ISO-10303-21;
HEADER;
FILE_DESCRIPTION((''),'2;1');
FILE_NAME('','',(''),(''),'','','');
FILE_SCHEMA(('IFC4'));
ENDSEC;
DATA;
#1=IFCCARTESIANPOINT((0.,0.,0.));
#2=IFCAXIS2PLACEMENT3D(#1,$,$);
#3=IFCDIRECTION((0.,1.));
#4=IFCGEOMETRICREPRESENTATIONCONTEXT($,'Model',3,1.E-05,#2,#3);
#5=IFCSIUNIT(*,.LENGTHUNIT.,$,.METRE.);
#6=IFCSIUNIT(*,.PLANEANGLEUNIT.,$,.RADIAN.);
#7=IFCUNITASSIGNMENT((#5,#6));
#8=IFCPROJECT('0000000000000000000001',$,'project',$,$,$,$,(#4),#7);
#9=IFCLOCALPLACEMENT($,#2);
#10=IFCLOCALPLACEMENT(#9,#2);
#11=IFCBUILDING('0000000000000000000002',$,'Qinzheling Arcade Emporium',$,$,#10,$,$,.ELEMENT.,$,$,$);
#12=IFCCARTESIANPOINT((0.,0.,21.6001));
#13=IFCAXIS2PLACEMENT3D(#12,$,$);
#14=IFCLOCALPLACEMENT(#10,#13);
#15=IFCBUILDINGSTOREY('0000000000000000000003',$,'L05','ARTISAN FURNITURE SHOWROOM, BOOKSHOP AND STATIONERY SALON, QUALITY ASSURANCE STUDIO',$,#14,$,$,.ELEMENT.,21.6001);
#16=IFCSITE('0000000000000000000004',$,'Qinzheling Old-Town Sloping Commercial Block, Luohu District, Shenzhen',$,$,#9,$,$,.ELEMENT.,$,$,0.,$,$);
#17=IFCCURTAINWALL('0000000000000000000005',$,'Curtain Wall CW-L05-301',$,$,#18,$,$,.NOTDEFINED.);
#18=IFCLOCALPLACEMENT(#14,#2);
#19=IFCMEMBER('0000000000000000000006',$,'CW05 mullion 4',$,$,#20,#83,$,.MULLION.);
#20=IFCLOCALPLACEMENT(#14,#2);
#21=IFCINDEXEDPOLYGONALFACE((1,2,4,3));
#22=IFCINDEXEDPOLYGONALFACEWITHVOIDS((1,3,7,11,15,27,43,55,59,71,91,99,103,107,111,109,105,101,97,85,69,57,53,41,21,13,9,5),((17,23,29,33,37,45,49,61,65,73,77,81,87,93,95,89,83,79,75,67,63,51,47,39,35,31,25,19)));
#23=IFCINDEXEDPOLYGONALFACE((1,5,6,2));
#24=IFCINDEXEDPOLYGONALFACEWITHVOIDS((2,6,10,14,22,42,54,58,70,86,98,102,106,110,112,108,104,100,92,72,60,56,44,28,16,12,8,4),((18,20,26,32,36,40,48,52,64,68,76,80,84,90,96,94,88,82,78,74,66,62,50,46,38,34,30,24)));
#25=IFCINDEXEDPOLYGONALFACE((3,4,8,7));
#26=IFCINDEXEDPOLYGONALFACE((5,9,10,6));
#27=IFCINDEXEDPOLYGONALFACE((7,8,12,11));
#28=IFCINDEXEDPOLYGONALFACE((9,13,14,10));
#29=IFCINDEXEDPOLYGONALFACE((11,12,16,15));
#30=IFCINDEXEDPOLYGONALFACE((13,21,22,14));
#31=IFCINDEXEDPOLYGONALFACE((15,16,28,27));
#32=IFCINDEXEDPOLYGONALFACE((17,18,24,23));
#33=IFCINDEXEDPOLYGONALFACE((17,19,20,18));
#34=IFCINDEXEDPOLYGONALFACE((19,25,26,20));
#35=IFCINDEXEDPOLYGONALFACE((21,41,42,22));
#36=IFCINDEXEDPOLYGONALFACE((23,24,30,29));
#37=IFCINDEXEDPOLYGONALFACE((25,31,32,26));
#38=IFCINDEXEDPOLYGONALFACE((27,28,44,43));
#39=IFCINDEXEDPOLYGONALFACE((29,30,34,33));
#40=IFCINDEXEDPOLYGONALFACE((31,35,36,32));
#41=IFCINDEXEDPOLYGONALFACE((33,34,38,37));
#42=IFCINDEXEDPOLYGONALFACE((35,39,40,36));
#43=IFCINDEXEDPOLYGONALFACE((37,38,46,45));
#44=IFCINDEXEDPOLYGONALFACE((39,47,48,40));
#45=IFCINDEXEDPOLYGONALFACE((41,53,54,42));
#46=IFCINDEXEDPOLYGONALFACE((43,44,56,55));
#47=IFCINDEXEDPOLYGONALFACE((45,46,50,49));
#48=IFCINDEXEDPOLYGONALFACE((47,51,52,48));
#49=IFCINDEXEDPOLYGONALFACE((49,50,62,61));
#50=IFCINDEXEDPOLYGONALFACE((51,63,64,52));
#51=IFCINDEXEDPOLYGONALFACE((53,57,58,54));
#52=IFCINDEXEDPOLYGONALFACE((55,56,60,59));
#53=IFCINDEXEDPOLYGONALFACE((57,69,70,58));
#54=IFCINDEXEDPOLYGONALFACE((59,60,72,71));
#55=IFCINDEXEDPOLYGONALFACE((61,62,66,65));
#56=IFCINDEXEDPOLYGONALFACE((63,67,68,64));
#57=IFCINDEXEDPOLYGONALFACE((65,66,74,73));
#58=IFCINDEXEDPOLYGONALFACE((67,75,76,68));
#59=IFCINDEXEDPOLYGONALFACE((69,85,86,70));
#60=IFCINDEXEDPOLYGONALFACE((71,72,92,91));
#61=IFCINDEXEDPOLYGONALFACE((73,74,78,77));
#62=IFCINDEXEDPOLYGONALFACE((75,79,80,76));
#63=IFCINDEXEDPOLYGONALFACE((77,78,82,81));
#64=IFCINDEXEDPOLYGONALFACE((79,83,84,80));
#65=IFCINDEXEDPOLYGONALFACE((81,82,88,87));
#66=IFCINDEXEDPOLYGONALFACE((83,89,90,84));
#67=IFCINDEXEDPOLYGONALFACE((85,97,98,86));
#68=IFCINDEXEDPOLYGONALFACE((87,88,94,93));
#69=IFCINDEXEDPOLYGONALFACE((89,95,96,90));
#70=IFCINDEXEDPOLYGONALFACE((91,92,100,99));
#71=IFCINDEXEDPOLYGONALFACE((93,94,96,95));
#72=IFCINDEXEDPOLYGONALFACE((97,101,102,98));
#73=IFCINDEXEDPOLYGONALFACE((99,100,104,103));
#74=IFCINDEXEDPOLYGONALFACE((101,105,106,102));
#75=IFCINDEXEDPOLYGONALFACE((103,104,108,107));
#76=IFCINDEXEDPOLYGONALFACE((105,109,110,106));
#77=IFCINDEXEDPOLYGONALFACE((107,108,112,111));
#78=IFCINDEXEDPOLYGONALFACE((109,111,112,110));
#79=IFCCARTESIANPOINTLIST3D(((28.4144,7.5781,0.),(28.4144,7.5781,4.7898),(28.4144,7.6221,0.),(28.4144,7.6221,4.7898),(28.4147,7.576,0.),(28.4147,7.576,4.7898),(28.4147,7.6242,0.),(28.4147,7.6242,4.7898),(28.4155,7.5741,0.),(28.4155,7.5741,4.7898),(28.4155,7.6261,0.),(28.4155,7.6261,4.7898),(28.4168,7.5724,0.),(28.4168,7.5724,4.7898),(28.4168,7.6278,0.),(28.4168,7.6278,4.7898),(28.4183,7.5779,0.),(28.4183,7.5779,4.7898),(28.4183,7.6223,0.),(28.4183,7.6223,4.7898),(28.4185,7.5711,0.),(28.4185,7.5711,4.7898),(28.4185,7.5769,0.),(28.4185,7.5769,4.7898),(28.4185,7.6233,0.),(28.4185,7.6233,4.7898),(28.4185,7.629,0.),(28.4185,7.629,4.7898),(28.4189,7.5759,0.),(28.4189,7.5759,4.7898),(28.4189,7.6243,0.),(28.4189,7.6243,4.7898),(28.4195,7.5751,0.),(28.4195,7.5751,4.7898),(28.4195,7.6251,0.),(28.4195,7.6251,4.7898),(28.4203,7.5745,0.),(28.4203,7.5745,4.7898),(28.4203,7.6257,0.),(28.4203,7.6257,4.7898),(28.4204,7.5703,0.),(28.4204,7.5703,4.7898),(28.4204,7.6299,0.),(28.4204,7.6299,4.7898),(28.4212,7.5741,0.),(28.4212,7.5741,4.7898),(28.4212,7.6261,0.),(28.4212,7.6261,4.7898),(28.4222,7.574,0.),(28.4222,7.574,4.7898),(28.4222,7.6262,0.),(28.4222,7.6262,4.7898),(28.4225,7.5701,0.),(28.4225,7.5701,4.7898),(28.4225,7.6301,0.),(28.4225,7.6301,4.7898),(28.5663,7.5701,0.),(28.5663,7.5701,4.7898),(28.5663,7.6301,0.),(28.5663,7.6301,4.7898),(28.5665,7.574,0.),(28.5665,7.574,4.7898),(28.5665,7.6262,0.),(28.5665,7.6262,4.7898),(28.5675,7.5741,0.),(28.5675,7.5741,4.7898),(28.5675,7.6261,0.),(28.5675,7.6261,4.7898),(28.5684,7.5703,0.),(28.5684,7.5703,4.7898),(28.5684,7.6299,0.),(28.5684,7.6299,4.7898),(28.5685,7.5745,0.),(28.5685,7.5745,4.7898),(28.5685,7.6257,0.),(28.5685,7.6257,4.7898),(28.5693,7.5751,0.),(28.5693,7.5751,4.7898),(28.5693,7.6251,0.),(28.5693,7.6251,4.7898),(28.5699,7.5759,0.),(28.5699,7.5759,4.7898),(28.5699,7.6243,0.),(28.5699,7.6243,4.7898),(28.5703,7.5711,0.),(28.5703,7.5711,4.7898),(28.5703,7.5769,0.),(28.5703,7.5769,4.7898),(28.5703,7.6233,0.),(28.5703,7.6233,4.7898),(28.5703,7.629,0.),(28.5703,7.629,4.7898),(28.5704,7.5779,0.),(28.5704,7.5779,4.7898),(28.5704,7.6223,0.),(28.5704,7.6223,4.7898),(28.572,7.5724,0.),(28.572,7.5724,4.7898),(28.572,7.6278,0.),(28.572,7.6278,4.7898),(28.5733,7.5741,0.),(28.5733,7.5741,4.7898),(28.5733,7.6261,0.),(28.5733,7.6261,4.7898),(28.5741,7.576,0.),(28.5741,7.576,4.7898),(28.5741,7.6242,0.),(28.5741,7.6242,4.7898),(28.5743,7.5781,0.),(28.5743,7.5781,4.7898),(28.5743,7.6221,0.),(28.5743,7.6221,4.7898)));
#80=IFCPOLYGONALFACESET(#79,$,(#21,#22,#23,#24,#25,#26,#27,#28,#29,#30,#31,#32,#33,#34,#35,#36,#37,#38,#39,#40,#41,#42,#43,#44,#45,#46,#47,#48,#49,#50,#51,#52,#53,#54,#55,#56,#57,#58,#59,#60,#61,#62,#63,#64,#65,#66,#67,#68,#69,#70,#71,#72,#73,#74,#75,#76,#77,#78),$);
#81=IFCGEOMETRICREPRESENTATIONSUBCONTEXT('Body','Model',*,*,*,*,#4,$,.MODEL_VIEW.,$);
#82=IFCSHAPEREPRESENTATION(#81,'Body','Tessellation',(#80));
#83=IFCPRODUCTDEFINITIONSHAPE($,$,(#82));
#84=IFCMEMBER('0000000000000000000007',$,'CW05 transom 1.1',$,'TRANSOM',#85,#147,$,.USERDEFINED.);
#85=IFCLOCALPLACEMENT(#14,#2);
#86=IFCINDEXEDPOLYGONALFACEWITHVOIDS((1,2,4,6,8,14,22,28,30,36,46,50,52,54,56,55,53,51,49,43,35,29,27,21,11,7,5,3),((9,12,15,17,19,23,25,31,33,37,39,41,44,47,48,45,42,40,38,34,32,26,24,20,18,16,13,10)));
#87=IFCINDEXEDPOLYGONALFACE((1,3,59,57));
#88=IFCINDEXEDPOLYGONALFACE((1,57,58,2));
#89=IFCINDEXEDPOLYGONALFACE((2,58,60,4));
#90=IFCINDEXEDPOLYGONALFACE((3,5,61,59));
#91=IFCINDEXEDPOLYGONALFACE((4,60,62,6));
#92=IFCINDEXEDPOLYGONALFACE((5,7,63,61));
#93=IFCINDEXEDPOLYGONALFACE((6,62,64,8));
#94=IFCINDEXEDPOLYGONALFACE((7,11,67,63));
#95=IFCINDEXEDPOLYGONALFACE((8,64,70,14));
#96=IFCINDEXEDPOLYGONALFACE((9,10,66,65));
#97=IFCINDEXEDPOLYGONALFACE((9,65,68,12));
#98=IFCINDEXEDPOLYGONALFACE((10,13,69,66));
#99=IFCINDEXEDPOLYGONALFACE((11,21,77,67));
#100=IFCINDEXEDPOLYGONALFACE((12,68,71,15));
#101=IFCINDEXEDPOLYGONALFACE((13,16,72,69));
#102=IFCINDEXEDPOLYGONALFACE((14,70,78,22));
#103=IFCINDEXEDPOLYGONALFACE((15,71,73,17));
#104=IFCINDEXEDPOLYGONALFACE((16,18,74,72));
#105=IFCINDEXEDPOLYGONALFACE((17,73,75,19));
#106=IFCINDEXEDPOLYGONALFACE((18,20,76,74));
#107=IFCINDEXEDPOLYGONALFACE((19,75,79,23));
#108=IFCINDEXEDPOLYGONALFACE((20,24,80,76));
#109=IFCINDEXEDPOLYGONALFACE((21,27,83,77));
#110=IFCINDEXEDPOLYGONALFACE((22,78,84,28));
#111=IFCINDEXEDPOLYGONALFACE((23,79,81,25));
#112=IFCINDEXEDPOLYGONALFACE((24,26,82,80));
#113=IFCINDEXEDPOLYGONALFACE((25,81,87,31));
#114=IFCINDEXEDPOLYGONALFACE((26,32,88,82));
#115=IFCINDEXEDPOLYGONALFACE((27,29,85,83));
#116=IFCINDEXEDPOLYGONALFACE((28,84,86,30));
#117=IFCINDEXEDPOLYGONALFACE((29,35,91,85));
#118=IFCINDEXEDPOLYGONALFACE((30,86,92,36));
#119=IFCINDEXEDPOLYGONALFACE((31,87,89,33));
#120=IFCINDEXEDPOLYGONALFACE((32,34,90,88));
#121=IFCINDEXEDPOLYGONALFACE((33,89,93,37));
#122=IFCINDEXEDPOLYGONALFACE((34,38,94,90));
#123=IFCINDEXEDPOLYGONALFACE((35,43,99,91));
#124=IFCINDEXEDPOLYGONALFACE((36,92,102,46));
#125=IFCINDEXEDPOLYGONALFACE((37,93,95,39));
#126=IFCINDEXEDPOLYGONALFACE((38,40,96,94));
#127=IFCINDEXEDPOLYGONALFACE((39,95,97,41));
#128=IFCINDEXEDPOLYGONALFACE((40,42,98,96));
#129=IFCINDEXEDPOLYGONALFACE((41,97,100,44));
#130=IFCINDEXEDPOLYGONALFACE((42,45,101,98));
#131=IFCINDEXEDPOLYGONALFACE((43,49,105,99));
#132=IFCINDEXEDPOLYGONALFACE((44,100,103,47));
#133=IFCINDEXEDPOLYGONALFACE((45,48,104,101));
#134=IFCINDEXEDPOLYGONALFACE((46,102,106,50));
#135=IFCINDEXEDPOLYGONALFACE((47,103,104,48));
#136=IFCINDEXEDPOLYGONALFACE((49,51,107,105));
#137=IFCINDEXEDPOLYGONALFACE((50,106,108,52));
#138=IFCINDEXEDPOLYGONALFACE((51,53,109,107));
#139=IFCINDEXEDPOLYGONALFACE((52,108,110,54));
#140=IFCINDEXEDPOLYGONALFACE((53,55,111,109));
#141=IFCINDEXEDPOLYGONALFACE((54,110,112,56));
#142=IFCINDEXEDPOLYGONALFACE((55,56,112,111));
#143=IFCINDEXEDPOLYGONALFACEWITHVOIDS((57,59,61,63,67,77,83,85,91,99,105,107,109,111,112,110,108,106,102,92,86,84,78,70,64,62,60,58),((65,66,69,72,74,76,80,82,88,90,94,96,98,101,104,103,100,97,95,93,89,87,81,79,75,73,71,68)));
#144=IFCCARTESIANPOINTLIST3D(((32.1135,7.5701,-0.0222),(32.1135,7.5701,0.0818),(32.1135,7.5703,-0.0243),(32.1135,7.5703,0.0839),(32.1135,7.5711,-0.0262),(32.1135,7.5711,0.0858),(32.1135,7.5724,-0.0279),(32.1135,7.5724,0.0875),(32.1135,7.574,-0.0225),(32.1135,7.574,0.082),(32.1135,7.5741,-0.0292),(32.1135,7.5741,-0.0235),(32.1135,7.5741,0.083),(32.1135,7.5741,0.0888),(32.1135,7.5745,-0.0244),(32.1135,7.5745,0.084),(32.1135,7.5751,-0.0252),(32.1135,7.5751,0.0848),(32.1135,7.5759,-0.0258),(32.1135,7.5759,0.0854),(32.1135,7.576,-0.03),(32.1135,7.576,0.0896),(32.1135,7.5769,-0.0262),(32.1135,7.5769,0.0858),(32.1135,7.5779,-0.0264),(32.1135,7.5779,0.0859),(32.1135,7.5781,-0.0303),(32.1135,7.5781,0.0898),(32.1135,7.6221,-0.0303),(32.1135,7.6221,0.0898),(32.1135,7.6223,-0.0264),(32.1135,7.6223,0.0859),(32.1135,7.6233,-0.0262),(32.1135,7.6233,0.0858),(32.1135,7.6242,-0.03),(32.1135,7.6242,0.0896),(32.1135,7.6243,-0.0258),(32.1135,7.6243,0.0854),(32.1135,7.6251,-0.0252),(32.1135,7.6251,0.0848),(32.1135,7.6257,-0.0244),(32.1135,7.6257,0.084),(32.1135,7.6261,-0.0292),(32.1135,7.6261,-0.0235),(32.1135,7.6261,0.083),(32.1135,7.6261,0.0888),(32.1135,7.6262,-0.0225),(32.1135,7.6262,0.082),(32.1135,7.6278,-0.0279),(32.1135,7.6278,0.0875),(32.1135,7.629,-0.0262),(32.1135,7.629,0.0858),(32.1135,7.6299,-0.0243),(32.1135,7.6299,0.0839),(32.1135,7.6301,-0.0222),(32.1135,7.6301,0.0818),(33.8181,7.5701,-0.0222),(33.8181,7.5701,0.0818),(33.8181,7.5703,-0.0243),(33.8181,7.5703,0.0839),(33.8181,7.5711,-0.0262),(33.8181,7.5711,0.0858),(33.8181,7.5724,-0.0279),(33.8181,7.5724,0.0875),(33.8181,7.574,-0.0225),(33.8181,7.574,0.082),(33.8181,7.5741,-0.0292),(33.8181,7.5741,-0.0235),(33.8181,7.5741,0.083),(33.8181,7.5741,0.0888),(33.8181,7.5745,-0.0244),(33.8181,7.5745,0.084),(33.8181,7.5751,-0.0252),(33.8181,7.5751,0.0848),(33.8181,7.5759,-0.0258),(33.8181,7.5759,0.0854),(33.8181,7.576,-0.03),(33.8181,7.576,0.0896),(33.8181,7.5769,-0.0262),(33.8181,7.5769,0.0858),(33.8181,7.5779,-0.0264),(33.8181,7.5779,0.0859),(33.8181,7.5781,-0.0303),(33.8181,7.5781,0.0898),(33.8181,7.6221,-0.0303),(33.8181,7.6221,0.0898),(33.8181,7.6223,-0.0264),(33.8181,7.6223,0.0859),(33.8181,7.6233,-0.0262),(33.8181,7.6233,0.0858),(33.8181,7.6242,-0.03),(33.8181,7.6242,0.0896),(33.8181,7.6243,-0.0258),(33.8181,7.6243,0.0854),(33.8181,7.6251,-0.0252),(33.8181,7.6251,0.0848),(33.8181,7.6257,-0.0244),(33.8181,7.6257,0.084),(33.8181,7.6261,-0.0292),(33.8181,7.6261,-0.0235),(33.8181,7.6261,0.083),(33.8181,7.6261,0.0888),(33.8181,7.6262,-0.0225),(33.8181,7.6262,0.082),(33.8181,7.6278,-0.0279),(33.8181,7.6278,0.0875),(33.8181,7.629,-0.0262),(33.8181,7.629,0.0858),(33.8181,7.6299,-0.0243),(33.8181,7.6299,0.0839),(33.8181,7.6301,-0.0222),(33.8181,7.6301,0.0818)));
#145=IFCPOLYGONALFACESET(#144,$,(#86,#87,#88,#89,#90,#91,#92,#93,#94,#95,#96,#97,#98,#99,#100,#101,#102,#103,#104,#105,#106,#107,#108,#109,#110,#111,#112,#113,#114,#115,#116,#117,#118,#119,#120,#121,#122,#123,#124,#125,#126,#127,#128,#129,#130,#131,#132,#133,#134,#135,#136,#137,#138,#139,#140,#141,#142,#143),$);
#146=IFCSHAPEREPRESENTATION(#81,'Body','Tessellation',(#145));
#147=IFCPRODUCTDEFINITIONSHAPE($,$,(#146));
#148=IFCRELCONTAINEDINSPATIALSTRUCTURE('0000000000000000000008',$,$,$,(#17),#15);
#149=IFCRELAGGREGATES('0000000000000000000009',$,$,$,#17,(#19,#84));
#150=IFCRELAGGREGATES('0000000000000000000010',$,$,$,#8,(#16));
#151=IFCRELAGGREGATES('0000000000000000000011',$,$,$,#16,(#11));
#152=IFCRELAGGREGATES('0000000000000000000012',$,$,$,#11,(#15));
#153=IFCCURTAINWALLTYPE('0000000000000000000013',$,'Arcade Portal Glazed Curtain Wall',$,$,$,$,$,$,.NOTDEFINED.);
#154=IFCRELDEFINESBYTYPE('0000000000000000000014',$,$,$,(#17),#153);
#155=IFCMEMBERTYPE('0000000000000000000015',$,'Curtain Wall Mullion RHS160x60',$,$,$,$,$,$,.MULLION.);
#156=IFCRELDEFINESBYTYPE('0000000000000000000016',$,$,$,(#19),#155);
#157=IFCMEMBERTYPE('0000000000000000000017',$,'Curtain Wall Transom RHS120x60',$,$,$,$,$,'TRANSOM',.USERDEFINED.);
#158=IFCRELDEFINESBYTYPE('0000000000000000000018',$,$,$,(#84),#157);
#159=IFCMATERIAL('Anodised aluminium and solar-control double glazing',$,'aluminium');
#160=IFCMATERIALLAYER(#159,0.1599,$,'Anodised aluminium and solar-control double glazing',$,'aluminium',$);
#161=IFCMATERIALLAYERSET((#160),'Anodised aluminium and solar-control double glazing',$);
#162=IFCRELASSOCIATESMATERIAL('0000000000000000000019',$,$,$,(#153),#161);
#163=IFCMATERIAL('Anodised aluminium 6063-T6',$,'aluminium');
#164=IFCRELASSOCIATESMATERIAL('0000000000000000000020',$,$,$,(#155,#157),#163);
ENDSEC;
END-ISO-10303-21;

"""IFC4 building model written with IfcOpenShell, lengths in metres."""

from ifc_helpers import new_model, si_unit, direction, frame, origin, origin_2d, place, context, subcontext, project, spatial, hollow_rectangle, extrude, material, layer, layer_set, material_profile, profile_set, type_object, element, aggregate, save


model = new_model("IFC4")

# Units and contexts
model_context = context("Model", 3, precision=1e-05, world=origin(), true_north=direction((0.0, 1.0)))
body_context = subcontext(model_context, "Body", "Model", "MODEL_VIEW")
ifc_project = project(units=[si_unit("LENGTHUNIT", "METRE"), si_unit("PLANEANGLEUNIT", "RADIAN")], contexts=[model_context])

# Site, building, storey
site_placement = place(None, origin())
site = spatial("IfcSite", under=ifc_project, at=site_placement, Name="Qinzheling Old-Town Sloping Commercial Block, Luohu District, Shenzhen", CompositionType="ELEMENT", RefElevation=0.0)
building_placement = place(site_placement, origin())
building = spatial("IfcBuilding", under=site, at=building_placement, Name="Qinzheling Arcade Emporium", CompositionType="ELEMENT")
storey_placement = place(building_placement, frame((0.0, 0.0, 21.6001)))
storey = spatial("IfcBuildingStorey", under=building, at=storey_placement, Name="L05", Description="ARTISAN FURNITURE SHOWROOM, BOOKSHOP AND STATIONERY SALON, QUALITY ASSURANCE STUDIO", CompositionType="ELEMENT", Elevation=21.6001)

# Shared definitions
ifc_material_1 = material(Name="Anodised aluminium and solar-control double glazing", Category="aluminium")
ifc_layer_1 = layer(ifc_material_1, 0.1599, Name="Anodised aluminium and solar-control double glazing", Category="aluminium")
ifc_layer_set_1 = layer_set([ifc_layer_1], Name="Anodised aluminium and solar-control double glazing")
curtain_wall_type = type_object("IfcCurtainWallType", Name="Arcade Portal Glazed Curtain Wall", PredefinedType="NOTDEFINED", material=ifc_layer_set_1)
ifc_material_2 = material(Name="Anodised aluminium 6063-T6", Category="aluminium")
ifc_material_profile_1 = material_profile(ifc_material_2, hollow_rectangle(XDim=0.0601, YDim=0.1599, WallThickness=0.0039, InnerFilletRadius=0.0039, OuterFilletRadius=0.0081, at=origin_2d()), Name="RHS 160x60x4", Category="aluminium")
ifc_profile_set_1 = profile_set([ifc_material_profile_1], Name="Anodised aluminium 6063-T6")
member_type_1 = type_object("IfcMemberType", Name="Curtain Wall Mullion RHS160x60", PredefinedType="MULLION", material=ifc_profile_set_1)

# Curtain wall, members
curtain_wall_1_placement = place(storey_placement, origin())
curtain_wall_1 = element("IfcCurtainWall", 1, at=curtain_wall_1_placement, inside=storey, type_object=curtain_wall_type, Name="Curtain Wall CW-L05-301", PredefinedType="NOTDEFINED")
member_1_placement = place(storey_placement, frame((28.4944, 7.6001, 0.0), z_axis=(0.0, 0.0, 1.0), x_axis=(0.0, -1.0, 0.0)))
member_1 = element("IfcMember", 2, at=member_1_placement, type_object=member_type_1, Name="CW05 mullion 4", PredefinedType="MULLION", context=body_context, shape_type="SweptSolid", body=[
    extrude(hollow_rectangle(XDim=0.0601, YDim=0.1599, WallThickness=0.0039, InnerFilletRadius=0.0039, OuterFilletRadius=0.0081, at=origin_2d()), origin(), (0.0, 0.0, 1.0), 4.7898),
])
ifc_material_profile_2 = material_profile(ifc_material_2, hollow_rectangle(XDim=0.0601, YDim=0.1201, WallThickness=0.0039, InnerFilletRadius=0.0039, OuterFilletRadius=0.0081, at=origin_2d()), Name="RHS 120x60x4", Category="aluminium")
ifc_profile_set_2 = profile_set([ifc_material_profile_2], Name="Anodised aluminium 6063-T6")
member_type_2 = type_object("IfcMemberType", Name="Curtain Wall Transom RHS120x60", ElementType="TRANSOM", PredefinedType="USERDEFINED", material=ifc_profile_set_2)
member_2_placement = place(storey_placement, frame((33.8181, 7.6001, 0.0298), z_axis=(-1.0, 0.0, 0.0), x_axis=(0.0, -1.0, 0.0)))
member_2 = element("IfcMember", 3, at=member_2_placement, type_object=member_type_2, Name="CW05 transom 1.1", ObjectType="TRANSOM", PredefinedType="USERDEFINED", context=body_context, shape_type="SweptSolid", body=[
    extrude(hollow_rectangle(XDim=0.0601, YDim=0.1201, WallThickness=0.0039, InnerFilletRadius=0.0039, OuterFilletRadius=0.0081, at=origin_2d()), origin(), (0.0, 0.0, 1.0), 1.7046),
])

aggregate(curtain_wall_1, [member_1, member_2])

save(model, "model.ifc")
